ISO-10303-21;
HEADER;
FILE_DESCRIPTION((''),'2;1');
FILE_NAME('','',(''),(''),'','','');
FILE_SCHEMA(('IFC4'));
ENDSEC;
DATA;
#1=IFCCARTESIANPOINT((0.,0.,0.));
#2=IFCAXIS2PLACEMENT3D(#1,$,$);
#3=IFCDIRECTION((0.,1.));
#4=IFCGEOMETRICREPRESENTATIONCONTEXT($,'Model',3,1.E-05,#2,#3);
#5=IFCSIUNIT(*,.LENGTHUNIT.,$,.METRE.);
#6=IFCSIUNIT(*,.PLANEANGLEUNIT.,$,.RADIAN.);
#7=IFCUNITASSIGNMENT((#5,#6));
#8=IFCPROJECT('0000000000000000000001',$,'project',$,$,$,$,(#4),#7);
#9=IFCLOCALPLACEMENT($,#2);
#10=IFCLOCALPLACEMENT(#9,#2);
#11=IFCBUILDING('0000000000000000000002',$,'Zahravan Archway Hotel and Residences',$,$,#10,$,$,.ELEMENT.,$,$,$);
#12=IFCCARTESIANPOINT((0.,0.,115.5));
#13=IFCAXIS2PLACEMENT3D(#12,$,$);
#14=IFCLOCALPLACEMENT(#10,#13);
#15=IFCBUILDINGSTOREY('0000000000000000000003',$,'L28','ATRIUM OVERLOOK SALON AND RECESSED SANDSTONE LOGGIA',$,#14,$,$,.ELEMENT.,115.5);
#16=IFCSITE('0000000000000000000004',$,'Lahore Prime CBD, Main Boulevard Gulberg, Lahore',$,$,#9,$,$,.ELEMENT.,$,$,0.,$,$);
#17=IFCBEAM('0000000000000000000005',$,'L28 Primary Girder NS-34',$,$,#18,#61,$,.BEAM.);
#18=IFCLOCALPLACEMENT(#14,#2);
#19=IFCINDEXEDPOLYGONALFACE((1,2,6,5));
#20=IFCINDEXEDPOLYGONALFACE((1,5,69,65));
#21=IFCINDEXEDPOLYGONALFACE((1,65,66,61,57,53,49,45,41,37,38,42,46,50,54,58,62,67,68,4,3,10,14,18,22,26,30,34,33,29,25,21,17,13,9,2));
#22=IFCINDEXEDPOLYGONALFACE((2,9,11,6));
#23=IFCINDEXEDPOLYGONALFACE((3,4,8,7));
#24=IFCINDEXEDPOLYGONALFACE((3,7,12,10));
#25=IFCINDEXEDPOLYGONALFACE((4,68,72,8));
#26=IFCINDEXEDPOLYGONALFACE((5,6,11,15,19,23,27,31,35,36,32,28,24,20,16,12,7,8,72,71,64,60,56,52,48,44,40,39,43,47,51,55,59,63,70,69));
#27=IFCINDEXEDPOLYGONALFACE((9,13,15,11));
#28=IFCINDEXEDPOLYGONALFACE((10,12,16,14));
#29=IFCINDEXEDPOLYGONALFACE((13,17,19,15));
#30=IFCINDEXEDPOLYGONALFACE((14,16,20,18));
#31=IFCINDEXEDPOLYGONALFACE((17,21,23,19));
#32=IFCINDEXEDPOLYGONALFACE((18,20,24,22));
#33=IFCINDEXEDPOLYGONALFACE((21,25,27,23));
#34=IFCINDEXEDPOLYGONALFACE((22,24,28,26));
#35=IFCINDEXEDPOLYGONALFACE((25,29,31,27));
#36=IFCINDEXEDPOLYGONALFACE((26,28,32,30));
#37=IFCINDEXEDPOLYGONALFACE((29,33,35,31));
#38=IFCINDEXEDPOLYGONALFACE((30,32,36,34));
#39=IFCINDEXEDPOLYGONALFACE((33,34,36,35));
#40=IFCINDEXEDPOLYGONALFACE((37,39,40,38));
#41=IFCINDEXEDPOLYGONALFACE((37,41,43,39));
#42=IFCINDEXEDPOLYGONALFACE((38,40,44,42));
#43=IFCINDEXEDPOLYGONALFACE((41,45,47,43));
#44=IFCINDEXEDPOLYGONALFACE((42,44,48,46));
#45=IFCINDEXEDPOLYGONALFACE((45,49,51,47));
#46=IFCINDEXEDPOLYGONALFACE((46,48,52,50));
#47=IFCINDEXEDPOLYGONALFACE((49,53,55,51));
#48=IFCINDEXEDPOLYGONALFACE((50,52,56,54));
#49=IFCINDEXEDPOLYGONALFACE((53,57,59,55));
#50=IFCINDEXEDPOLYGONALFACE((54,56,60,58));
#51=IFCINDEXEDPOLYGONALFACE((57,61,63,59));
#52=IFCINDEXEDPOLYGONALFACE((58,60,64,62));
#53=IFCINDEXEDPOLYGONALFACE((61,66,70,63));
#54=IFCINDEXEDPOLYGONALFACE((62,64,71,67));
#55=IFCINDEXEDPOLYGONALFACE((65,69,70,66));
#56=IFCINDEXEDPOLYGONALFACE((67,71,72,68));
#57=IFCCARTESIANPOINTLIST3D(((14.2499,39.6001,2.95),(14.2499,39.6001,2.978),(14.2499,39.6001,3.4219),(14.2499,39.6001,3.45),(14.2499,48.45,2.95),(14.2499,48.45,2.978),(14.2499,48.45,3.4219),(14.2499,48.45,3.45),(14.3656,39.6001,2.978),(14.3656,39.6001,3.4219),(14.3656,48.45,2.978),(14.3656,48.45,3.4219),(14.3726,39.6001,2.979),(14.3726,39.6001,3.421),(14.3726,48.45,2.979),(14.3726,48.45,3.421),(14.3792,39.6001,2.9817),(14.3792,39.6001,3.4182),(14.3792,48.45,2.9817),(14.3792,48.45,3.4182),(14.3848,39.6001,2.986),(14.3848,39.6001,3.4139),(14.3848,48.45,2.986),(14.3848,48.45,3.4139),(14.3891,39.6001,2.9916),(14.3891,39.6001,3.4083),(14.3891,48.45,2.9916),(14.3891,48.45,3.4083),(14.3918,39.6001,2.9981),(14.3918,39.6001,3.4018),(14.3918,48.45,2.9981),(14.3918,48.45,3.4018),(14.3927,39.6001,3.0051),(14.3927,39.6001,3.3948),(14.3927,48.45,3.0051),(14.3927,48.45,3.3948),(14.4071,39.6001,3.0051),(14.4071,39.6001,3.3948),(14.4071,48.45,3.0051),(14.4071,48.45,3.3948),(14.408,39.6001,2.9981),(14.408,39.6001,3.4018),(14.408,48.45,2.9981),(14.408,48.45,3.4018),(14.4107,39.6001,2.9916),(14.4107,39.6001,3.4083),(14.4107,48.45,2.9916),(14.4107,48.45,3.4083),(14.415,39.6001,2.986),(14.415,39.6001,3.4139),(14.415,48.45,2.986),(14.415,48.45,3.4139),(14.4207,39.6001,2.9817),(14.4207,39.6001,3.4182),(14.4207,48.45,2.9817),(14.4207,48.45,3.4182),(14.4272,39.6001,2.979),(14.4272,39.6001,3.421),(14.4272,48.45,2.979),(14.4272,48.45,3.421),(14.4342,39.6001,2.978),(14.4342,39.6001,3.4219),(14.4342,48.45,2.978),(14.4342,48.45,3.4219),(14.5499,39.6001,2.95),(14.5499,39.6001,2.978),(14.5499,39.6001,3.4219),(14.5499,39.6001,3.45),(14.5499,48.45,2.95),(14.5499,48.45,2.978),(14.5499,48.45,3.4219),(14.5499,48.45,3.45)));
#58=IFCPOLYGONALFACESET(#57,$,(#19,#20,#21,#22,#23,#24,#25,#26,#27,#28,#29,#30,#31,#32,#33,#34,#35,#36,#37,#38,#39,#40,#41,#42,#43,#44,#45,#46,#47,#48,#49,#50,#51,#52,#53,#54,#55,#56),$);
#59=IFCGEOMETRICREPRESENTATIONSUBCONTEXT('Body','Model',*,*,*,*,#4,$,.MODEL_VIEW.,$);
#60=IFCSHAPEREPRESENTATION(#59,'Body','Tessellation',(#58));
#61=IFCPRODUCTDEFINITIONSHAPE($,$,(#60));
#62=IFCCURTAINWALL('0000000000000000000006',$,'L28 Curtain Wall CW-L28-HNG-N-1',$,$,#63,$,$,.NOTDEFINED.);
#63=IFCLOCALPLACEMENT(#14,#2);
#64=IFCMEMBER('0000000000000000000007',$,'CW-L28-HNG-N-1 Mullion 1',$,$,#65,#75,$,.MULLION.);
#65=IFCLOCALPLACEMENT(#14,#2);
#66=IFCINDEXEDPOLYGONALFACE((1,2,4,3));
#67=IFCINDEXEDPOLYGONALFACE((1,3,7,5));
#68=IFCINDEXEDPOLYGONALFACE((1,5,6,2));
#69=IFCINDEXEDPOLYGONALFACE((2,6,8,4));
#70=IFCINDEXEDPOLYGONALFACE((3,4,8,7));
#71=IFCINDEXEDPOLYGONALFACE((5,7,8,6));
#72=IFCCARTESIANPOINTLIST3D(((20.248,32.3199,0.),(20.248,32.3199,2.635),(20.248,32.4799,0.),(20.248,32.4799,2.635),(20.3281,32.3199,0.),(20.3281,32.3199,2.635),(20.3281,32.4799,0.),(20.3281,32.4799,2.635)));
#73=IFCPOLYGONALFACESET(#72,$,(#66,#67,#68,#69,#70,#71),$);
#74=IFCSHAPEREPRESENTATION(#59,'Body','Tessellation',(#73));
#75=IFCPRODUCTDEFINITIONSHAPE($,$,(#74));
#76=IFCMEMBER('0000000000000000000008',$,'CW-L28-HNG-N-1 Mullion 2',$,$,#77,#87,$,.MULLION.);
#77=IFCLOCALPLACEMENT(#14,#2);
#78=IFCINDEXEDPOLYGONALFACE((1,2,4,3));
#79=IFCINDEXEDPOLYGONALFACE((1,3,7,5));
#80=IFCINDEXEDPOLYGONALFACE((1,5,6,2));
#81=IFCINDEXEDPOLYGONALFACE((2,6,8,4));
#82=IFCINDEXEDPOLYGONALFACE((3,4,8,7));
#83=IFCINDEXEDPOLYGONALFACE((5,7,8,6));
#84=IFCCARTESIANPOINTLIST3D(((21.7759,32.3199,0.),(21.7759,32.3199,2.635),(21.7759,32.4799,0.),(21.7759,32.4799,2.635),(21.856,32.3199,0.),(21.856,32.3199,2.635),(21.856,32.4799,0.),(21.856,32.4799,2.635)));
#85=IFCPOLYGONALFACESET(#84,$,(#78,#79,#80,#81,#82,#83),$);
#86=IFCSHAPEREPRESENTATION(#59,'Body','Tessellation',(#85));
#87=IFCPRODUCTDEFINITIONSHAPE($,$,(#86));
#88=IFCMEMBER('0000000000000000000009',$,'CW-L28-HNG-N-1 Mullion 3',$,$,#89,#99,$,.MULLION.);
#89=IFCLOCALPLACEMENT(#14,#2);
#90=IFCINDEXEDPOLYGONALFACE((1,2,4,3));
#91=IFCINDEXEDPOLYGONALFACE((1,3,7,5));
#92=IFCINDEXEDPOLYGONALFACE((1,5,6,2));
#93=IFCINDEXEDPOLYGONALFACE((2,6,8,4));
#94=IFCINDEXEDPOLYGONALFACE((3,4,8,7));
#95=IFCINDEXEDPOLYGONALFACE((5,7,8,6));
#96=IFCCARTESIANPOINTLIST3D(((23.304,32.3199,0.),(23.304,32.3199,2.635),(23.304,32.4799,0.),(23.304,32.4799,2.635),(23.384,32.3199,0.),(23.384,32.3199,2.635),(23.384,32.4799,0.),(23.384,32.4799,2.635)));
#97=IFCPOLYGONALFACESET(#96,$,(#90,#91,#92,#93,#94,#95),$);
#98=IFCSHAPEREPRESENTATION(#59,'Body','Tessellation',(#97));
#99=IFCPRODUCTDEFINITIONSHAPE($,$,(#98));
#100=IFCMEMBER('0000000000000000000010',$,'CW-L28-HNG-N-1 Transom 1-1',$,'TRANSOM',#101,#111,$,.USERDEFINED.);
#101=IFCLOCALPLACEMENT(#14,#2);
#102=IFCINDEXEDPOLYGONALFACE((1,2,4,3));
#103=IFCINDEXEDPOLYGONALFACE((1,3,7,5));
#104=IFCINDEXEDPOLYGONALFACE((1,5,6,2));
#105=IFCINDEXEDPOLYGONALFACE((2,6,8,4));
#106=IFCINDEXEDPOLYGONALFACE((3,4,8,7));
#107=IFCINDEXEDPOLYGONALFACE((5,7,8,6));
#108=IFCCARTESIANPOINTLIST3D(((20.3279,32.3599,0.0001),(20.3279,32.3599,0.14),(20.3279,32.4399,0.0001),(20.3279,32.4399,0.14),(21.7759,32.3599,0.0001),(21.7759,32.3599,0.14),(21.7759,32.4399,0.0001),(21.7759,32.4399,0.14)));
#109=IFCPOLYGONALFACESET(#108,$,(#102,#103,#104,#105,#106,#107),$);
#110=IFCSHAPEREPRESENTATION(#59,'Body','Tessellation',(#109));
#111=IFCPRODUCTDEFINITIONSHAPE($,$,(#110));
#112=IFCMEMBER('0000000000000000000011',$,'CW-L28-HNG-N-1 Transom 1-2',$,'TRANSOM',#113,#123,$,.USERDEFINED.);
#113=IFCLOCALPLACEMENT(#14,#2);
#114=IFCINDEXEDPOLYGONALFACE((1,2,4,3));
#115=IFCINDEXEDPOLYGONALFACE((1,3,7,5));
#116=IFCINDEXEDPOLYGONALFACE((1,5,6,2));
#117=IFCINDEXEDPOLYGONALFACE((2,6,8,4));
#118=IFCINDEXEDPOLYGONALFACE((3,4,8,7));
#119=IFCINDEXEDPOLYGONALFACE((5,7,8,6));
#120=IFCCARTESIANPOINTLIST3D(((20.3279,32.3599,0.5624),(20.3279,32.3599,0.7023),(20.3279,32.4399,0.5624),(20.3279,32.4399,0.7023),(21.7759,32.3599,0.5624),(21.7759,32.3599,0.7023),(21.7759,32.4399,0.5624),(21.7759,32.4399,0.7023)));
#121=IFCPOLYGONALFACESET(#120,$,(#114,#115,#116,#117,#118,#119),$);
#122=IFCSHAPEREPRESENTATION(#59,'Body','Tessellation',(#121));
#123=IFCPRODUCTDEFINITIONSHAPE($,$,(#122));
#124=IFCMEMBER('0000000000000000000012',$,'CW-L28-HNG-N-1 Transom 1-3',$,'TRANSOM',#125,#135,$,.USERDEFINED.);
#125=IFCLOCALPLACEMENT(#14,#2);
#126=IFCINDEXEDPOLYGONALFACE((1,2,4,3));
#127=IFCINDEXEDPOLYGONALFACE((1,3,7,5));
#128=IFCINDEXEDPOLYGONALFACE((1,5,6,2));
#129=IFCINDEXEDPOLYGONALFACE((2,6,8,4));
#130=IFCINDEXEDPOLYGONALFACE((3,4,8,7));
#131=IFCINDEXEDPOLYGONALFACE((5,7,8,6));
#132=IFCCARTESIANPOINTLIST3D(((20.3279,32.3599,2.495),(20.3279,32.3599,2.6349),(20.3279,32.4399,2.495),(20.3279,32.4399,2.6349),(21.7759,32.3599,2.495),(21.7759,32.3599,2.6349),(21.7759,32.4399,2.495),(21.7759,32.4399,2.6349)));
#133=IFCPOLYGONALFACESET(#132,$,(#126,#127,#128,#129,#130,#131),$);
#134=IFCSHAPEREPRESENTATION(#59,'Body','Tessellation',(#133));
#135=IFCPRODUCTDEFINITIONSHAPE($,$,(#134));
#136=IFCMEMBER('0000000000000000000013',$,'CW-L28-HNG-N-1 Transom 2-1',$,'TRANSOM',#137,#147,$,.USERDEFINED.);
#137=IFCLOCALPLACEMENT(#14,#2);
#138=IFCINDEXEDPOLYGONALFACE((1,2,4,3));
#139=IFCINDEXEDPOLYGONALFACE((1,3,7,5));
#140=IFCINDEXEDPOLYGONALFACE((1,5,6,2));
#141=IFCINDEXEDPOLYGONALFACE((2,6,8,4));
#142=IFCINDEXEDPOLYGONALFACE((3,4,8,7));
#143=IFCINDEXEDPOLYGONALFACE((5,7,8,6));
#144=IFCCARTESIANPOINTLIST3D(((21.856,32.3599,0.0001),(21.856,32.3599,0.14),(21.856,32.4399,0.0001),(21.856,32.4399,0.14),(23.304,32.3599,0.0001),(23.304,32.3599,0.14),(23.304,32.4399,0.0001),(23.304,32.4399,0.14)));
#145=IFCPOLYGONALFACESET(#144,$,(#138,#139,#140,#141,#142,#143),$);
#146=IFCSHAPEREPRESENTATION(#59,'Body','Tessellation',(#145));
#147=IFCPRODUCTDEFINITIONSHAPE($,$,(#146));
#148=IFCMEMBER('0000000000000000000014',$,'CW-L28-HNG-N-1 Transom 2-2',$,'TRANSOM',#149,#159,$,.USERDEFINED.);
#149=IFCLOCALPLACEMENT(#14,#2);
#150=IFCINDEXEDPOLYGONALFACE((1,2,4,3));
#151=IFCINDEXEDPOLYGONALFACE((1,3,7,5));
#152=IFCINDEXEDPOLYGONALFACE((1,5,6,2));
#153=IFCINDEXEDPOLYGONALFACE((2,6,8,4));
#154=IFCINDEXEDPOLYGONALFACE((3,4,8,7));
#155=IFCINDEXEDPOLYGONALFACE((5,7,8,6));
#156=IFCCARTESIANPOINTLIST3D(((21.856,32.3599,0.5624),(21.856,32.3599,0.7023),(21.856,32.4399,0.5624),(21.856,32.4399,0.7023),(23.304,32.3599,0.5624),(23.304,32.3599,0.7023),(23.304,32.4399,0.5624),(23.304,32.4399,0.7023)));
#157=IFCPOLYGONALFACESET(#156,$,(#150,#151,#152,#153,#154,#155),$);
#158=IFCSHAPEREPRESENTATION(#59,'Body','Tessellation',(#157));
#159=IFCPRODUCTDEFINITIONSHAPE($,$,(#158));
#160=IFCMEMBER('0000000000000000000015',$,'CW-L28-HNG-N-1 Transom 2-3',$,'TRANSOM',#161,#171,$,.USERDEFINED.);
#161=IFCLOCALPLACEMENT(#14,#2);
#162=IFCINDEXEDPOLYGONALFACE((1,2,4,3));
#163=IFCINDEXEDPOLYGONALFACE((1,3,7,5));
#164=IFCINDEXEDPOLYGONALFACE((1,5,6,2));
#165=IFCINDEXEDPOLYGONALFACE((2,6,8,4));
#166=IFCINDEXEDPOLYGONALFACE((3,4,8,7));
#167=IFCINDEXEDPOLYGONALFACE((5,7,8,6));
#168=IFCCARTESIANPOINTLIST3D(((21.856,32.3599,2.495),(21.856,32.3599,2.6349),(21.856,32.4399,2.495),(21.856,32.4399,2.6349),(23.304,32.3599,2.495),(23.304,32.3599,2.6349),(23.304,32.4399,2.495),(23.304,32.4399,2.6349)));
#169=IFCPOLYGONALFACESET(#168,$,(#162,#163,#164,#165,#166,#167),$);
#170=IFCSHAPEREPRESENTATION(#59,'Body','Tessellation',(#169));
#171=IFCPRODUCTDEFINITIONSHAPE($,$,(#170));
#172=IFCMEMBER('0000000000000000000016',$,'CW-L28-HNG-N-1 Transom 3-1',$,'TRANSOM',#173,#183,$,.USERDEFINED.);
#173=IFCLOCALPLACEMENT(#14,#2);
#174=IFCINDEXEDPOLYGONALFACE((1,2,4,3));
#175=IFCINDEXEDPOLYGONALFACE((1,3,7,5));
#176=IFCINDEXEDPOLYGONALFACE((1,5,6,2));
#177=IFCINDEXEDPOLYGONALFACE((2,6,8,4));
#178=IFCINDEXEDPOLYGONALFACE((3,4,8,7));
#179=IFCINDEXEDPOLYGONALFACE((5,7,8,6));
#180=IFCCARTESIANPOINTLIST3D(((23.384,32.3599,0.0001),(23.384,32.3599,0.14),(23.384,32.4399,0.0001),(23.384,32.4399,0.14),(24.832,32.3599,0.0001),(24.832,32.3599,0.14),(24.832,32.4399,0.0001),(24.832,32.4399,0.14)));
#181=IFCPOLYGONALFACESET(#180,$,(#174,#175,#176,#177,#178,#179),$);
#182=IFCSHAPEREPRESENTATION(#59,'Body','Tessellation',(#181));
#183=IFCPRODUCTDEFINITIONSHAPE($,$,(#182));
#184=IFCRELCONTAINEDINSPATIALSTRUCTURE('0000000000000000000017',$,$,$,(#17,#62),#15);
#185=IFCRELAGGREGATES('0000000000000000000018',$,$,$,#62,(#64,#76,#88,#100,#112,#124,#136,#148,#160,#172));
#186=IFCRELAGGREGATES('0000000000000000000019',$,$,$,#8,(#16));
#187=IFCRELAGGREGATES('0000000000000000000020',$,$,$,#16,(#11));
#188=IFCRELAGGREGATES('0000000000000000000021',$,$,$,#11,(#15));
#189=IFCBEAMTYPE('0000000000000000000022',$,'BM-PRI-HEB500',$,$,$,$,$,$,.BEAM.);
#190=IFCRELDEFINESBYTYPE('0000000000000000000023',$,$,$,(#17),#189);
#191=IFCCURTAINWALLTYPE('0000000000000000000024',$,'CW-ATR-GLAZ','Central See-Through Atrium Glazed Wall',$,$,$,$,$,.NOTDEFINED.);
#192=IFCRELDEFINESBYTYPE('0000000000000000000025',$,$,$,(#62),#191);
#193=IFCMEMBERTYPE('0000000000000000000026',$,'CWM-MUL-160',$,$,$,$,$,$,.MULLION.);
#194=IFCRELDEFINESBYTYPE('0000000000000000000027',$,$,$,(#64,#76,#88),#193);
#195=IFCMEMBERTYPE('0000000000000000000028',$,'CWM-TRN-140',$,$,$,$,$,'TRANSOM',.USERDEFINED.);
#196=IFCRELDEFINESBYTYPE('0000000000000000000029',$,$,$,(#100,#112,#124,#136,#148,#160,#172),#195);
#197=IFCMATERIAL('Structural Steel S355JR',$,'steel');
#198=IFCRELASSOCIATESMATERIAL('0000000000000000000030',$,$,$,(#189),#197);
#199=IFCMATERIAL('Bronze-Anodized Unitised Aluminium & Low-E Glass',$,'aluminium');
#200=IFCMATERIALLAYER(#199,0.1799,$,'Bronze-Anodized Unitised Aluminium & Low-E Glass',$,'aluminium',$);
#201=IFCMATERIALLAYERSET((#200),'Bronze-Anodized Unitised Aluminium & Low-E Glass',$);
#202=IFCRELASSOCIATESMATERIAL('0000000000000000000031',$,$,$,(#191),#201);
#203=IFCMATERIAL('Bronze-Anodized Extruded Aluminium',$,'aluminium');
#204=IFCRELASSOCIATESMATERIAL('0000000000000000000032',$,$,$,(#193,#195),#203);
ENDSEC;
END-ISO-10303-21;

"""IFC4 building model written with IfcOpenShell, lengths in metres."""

from ifc_helpers import new_model, si_unit, direction, frame, origin, origin_2d, place, context, subcontext, project, spatial, rectangle, i_section, extrude, source, transform, mapped, material, layer, layer_set, material_profile, profile_set, type_object, element, aggregate, save


model = new_model("IFC4")

# Units and contexts
model_context = context("Model", 3, precision=1e-05, world=origin(), true_north=direction((0.0, 1.0)))
body_context = subcontext(model_context, "Body", "Model", "MODEL_VIEW")
ifc_project = project(units=[si_unit("LENGTHUNIT", "METRE"), si_unit("PLANEANGLEUNIT", "RADIAN")], contexts=[model_context])

# Site, building, storey
site_placement = place(None, origin())
site = spatial("IfcSite", under=ifc_project, at=site_placement, Name="Lahore Prime CBD, Main Boulevard Gulberg, Lahore", CompositionType="ELEMENT", RefElevation=0.0)
building_placement = place(site_placement, origin())
building = spatial("IfcBuilding", under=site, at=building_placement, Name="Zahravan Archway Hotel and Residences", CompositionType="ELEMENT")
storey_placement = place(building_placement, frame((0.0, 0.0, 115.5)))
storey = spatial("IfcBuildingStorey", under=building, at=storey_placement, Name="L28", Description="ATRIUM OVERLOOK SALON AND RECESSED SANDSTONE LOGGIA", CompositionType="ELEMENT", Elevation=115.5)

# Beam
ifc_material_1 = material(Name="Structural Steel S355JR", Category="steel")
ifc_material_profile_1 = material_profile(ifc_material_1, i_section(OverallWidth=0.3, OverallDepth=0.5, WebThickness=0.0144, FlangeThickness=0.0281, FilletRadius=0.0271, at=origin_2d()), Name="HEB 500", Category="steel")
ifc_profile_set_1 = profile_set([ifc_material_profile_1], Name="Structural Steel S355JR")
beam_type_1 = type_object("IfcBeamType", Name="BM-PRI-HEB500", PredefinedType="BEAM", material=ifc_profile_set_1)
shared_shape_1 = source(origin(), body_context, "Body", "SweptSolid", [
    extrude(i_section(OverallWidth=0.3, OverallDepth=0.5, WebThickness=0.0144, FlangeThickness=0.0281, FilletRadius=0.0271, at=origin_2d()), origin(), (0.0, 0.0, 1.0), 8.8499),
])
beam_1_placement = place(storey_placement, frame((14.3999, 39.6001, 3.2), z_axis=(0.0, 1.0, 0.0), x_axis=(-1.0, 0.0, 0.0)))
element("IfcBeam", 1, at=beam_1_placement, inside=storey, type_object=beam_type_1, Name="L28 Primary Girder NS-34", PredefinedType="BEAM", context=body_context, shape_type="MappedRepresentation", body=[
    mapped(shared_shape_1, transform((0.0, 0.0, 0.0), scale=1.0)),
])

# Curtain wall, members
ifc_material_2 = material(Name="Bronze-Anodized Unitised Aluminium & Low-E Glass", Category="aluminium")
ifc_layer_1 = layer(ifc_material_2, 0.1799, Name="Bronze-Anodized Unitised Aluminium & Low-E Glass", Category="aluminium")
ifc_layer_set_1 = layer_set([ifc_layer_1], Name="Bronze-Anodized Unitised Aluminium & Low-E Glass")
curtain_wall_type = type_object("IfcCurtainWallType", Name="CW-ATR-GLAZ", Description="Central See-Through Atrium Glazed Wall", PredefinedType="NOTDEFINED", material=ifc_layer_set_1)
curtain_wall_placement = place(storey_placement, origin())
curtain_wall = element("IfcCurtainWall", 2, at=curtain_wall_placement, inside=storey, type_object=curtain_wall_type, Name="L28 Curtain Wall CW-L28-HNG-N-1", PredefinedType="NOTDEFINED")
ifc_material_3 = material(Name="Bronze-Anodized Extruded Aluminium", Category="aluminium")
ifc_material_profile_2 = material_profile(ifc_material_3, rectangle(XDim=0.0801, YDim=0.1599, at=origin_2d()), Name="MUL 80x160", Category="aluminium")
ifc_profile_set_2 = profile_set([ifc_material_profile_2], Name="Bronze-Anodized Extruded Aluminium")
member_type_1 = type_object("IfcMemberType", Name="CWM-MUL-160", PredefinedType="MULLION", material=ifc_profile_set_2)
shared_shape_2 = source(origin(), body_context, "Body", "SweptSolid", [
    extrude(rectangle(XDim=0.0801, YDim=0.1599, at=origin_2d()), origin(), (0.0, 0.0, 1.0), 2.635),
])
member_1_placement = place(storey_placement, frame((20.2881, 32.3999, 0.0), z_axis=(0.0, 0.0, 1.0), x_axis=(1.0, 0.0, 0.0)))
member_1 = element("IfcMember", 3, at=member_1_placement, type_object=member_type_1, Name="CW-L28-HNG-N-1 Mullion 1", PredefinedType="MULLION", context=body_context, shape_type="MappedRepresentation", body=[
    mapped(shared_shape_2, transform((0.0, 0.0, 0.0), scale=1.0)),
])
member_2_placement = place(storey_placement, frame((21.8159, 32.3999, 0.0), z_axis=(0.0, 0.0, 1.0), x_axis=(1.0, 0.0, 0.0)))
member_2 = element("IfcMember", 4, at=member_2_placement, type_object=member_type_1, Name="CW-L28-HNG-N-1 Mullion 2", PredefinedType="MULLION", context=body_context, shape_type="MappedRepresentation", body=[
    mapped(shared_shape_2, transform((0.0, 0.0, 0.0), scale=1.0)),
])
member_3_placement = place(storey_placement, frame((23.344, 32.3999, 0.0), z_axis=(0.0, 0.0, 1.0), x_axis=(1.0, 0.0, 0.0)))
member_3 = element("IfcMember", 5, at=member_3_placement, type_object=member_type_1, Name="CW-L28-HNG-N-1 Mullion 3", PredefinedType="MULLION", context=body_context, shape_type="MappedRepresentation", body=[
    mapped(shared_shape_2, transform((0.0, 0.0, 0.0), scale=1.0)),
])
ifc_material_profile_3 = material_profile(ifc_material_3, rectangle(XDim=0.0801, YDim=0.1399, at=origin_2d()), Name="TRN 80x140", Category="aluminium")
ifc_profile_set_3 = profile_set([ifc_material_profile_3], Name="Bronze-Anodized Extruded Aluminium")
member_type_2 = type_object("IfcMemberType", Name="CWM-TRN-140", ElementType="TRANSOM", PredefinedType="USERDEFINED", material=ifc_profile_set_3)
shared_shape_3 = source(origin(), body_context, "Body", "SweptSolid", [
    extrude(rectangle(XDim=0.0801, YDim=0.1399, at=origin_2d()), origin(), (0.0, 0.0, 1.0), 1.448),
])
member_4_placement = place(storey_placement, frame((20.3279, 32.3999, 0.0701), z_axis=(1.0, 0.0, 0.0), x_axis=(0.0, 1.0, 0.0)))
member_4 = element("IfcMember", 6, at=member_4_placement, type_object=member_type_2, Name="CW-L28-HNG-N-1 Transom 1-1", ObjectType="TRANSOM", PredefinedType="USERDEFINED", context=body_context, shape_type="MappedRepresentation", body=[
    mapped(shared_shape_3, transform((0.0, 0.0, 0.0), scale=1.0)),
])
member_5_placement = place(storey_placement, frame((20.3279, 32.3999, 0.6323), z_axis=(1.0, 0.0, 0.0), x_axis=(0.0, 1.0, 0.0)))
member_5 = element("IfcMember", 7, at=member_5_placement, type_object=member_type_2, Name="CW-L28-HNG-N-1 Transom 1-2", ObjectType="TRANSOM", PredefinedType="USERDEFINED", context=body_context, shape_type="MappedRepresentation", body=[
    mapped(shared_shape_3, transform((0.0, 0.0, 0.0), scale=1.0)),
])
member_6_placement = place(storey_placement, frame((20.3279, 32.3999, 2.5649), z_axis=(1.0, 0.0, 0.0), x_axis=(0.0, 1.0, 0.0)))
member_6 = element("IfcMember", 8, at=member_6_placement, type_object=member_type_2, Name="CW-L28-HNG-N-1 Transom 1-3", ObjectType="TRANSOM", PredefinedType="USERDEFINED", context=body_context, shape_type="MappedRepresentation", body=[
    mapped(shared_shape_3, transform((0.0, 0.0, 0.0), scale=1.0)),
])
member_7_placement = place(storey_placement, frame((21.856, 32.3999, 0.0701), z_axis=(1.0, 0.0, 0.0), x_axis=(0.0, 1.0, 0.0)))
member_7 = element("IfcMember", 9, at=member_7_placement, type_object=member_type_2, Name="CW-L28-HNG-N-1 Transom 2-1", ObjectType="TRANSOM", PredefinedType="USERDEFINED", context=body_context, shape_type="MappedRepresentation", body=[
    mapped(shared_shape_3, transform((0.0, 0.0, 0.0), scale=1.0)),
])
member_8_placement = place(storey_placement, frame((21.856, 32.3999, 0.6323), z_axis=(1.0, 0.0, 0.0), x_axis=(0.0, 1.0, 0.0)))
member_8 = element("IfcMember", 10, at=member_8_placement, type_object=member_type_2, Name="CW-L28-HNG-N-1 Transom 2-2", ObjectType="TRANSOM", PredefinedType="USERDEFINED", context=body_context, shape_type="MappedRepresentation", body=[
    mapped(shared_shape_3, transform((0.0, 0.0, 0.0), scale=1.0)),
])
member_9_placement = place(storey_placement, frame((21.856, 32.3999, 2.5649), z_axis=(1.0, 0.0, 0.0), x_axis=(0.0, 1.0, 0.0)))
member_9 = element("IfcMember", 11, at=member_9_placement, type_object=member_type_2, Name="CW-L28-HNG-N-1 Transom 2-3", ObjectType="TRANSOM", PredefinedType="USERDEFINED", context=body_context, shape_type="MappedRepresentation", body=[
    mapped(shared_shape_3, transform((0.0, 0.0, 0.0), scale=1.0)),
])
member_10_placement = place(storey_placement, frame((23.384, 32.3999, 0.0701), z_axis=(1.0, 0.0, 0.0), x_axis=(0.0, 1.0, 0.0)))
member_10 = element("IfcMember", 12, at=member_10_placement, type_object=member_type_2, Name="CW-L28-HNG-N-1 Transom 3-1", ObjectType="TRANSOM", PredefinedType="USERDEFINED", context=body_context, shape_type="MappedRepresentation", body=[
    mapped(shared_shape_3, transform((0.0, 0.0, 0.0), scale=1.0)),
])
aggregate(curtain_wall, [member_1, member_2, member_3, member_4, member_5, member_6, member_7, member_8, member_9, member_10])

save(model, "model.ifc")
